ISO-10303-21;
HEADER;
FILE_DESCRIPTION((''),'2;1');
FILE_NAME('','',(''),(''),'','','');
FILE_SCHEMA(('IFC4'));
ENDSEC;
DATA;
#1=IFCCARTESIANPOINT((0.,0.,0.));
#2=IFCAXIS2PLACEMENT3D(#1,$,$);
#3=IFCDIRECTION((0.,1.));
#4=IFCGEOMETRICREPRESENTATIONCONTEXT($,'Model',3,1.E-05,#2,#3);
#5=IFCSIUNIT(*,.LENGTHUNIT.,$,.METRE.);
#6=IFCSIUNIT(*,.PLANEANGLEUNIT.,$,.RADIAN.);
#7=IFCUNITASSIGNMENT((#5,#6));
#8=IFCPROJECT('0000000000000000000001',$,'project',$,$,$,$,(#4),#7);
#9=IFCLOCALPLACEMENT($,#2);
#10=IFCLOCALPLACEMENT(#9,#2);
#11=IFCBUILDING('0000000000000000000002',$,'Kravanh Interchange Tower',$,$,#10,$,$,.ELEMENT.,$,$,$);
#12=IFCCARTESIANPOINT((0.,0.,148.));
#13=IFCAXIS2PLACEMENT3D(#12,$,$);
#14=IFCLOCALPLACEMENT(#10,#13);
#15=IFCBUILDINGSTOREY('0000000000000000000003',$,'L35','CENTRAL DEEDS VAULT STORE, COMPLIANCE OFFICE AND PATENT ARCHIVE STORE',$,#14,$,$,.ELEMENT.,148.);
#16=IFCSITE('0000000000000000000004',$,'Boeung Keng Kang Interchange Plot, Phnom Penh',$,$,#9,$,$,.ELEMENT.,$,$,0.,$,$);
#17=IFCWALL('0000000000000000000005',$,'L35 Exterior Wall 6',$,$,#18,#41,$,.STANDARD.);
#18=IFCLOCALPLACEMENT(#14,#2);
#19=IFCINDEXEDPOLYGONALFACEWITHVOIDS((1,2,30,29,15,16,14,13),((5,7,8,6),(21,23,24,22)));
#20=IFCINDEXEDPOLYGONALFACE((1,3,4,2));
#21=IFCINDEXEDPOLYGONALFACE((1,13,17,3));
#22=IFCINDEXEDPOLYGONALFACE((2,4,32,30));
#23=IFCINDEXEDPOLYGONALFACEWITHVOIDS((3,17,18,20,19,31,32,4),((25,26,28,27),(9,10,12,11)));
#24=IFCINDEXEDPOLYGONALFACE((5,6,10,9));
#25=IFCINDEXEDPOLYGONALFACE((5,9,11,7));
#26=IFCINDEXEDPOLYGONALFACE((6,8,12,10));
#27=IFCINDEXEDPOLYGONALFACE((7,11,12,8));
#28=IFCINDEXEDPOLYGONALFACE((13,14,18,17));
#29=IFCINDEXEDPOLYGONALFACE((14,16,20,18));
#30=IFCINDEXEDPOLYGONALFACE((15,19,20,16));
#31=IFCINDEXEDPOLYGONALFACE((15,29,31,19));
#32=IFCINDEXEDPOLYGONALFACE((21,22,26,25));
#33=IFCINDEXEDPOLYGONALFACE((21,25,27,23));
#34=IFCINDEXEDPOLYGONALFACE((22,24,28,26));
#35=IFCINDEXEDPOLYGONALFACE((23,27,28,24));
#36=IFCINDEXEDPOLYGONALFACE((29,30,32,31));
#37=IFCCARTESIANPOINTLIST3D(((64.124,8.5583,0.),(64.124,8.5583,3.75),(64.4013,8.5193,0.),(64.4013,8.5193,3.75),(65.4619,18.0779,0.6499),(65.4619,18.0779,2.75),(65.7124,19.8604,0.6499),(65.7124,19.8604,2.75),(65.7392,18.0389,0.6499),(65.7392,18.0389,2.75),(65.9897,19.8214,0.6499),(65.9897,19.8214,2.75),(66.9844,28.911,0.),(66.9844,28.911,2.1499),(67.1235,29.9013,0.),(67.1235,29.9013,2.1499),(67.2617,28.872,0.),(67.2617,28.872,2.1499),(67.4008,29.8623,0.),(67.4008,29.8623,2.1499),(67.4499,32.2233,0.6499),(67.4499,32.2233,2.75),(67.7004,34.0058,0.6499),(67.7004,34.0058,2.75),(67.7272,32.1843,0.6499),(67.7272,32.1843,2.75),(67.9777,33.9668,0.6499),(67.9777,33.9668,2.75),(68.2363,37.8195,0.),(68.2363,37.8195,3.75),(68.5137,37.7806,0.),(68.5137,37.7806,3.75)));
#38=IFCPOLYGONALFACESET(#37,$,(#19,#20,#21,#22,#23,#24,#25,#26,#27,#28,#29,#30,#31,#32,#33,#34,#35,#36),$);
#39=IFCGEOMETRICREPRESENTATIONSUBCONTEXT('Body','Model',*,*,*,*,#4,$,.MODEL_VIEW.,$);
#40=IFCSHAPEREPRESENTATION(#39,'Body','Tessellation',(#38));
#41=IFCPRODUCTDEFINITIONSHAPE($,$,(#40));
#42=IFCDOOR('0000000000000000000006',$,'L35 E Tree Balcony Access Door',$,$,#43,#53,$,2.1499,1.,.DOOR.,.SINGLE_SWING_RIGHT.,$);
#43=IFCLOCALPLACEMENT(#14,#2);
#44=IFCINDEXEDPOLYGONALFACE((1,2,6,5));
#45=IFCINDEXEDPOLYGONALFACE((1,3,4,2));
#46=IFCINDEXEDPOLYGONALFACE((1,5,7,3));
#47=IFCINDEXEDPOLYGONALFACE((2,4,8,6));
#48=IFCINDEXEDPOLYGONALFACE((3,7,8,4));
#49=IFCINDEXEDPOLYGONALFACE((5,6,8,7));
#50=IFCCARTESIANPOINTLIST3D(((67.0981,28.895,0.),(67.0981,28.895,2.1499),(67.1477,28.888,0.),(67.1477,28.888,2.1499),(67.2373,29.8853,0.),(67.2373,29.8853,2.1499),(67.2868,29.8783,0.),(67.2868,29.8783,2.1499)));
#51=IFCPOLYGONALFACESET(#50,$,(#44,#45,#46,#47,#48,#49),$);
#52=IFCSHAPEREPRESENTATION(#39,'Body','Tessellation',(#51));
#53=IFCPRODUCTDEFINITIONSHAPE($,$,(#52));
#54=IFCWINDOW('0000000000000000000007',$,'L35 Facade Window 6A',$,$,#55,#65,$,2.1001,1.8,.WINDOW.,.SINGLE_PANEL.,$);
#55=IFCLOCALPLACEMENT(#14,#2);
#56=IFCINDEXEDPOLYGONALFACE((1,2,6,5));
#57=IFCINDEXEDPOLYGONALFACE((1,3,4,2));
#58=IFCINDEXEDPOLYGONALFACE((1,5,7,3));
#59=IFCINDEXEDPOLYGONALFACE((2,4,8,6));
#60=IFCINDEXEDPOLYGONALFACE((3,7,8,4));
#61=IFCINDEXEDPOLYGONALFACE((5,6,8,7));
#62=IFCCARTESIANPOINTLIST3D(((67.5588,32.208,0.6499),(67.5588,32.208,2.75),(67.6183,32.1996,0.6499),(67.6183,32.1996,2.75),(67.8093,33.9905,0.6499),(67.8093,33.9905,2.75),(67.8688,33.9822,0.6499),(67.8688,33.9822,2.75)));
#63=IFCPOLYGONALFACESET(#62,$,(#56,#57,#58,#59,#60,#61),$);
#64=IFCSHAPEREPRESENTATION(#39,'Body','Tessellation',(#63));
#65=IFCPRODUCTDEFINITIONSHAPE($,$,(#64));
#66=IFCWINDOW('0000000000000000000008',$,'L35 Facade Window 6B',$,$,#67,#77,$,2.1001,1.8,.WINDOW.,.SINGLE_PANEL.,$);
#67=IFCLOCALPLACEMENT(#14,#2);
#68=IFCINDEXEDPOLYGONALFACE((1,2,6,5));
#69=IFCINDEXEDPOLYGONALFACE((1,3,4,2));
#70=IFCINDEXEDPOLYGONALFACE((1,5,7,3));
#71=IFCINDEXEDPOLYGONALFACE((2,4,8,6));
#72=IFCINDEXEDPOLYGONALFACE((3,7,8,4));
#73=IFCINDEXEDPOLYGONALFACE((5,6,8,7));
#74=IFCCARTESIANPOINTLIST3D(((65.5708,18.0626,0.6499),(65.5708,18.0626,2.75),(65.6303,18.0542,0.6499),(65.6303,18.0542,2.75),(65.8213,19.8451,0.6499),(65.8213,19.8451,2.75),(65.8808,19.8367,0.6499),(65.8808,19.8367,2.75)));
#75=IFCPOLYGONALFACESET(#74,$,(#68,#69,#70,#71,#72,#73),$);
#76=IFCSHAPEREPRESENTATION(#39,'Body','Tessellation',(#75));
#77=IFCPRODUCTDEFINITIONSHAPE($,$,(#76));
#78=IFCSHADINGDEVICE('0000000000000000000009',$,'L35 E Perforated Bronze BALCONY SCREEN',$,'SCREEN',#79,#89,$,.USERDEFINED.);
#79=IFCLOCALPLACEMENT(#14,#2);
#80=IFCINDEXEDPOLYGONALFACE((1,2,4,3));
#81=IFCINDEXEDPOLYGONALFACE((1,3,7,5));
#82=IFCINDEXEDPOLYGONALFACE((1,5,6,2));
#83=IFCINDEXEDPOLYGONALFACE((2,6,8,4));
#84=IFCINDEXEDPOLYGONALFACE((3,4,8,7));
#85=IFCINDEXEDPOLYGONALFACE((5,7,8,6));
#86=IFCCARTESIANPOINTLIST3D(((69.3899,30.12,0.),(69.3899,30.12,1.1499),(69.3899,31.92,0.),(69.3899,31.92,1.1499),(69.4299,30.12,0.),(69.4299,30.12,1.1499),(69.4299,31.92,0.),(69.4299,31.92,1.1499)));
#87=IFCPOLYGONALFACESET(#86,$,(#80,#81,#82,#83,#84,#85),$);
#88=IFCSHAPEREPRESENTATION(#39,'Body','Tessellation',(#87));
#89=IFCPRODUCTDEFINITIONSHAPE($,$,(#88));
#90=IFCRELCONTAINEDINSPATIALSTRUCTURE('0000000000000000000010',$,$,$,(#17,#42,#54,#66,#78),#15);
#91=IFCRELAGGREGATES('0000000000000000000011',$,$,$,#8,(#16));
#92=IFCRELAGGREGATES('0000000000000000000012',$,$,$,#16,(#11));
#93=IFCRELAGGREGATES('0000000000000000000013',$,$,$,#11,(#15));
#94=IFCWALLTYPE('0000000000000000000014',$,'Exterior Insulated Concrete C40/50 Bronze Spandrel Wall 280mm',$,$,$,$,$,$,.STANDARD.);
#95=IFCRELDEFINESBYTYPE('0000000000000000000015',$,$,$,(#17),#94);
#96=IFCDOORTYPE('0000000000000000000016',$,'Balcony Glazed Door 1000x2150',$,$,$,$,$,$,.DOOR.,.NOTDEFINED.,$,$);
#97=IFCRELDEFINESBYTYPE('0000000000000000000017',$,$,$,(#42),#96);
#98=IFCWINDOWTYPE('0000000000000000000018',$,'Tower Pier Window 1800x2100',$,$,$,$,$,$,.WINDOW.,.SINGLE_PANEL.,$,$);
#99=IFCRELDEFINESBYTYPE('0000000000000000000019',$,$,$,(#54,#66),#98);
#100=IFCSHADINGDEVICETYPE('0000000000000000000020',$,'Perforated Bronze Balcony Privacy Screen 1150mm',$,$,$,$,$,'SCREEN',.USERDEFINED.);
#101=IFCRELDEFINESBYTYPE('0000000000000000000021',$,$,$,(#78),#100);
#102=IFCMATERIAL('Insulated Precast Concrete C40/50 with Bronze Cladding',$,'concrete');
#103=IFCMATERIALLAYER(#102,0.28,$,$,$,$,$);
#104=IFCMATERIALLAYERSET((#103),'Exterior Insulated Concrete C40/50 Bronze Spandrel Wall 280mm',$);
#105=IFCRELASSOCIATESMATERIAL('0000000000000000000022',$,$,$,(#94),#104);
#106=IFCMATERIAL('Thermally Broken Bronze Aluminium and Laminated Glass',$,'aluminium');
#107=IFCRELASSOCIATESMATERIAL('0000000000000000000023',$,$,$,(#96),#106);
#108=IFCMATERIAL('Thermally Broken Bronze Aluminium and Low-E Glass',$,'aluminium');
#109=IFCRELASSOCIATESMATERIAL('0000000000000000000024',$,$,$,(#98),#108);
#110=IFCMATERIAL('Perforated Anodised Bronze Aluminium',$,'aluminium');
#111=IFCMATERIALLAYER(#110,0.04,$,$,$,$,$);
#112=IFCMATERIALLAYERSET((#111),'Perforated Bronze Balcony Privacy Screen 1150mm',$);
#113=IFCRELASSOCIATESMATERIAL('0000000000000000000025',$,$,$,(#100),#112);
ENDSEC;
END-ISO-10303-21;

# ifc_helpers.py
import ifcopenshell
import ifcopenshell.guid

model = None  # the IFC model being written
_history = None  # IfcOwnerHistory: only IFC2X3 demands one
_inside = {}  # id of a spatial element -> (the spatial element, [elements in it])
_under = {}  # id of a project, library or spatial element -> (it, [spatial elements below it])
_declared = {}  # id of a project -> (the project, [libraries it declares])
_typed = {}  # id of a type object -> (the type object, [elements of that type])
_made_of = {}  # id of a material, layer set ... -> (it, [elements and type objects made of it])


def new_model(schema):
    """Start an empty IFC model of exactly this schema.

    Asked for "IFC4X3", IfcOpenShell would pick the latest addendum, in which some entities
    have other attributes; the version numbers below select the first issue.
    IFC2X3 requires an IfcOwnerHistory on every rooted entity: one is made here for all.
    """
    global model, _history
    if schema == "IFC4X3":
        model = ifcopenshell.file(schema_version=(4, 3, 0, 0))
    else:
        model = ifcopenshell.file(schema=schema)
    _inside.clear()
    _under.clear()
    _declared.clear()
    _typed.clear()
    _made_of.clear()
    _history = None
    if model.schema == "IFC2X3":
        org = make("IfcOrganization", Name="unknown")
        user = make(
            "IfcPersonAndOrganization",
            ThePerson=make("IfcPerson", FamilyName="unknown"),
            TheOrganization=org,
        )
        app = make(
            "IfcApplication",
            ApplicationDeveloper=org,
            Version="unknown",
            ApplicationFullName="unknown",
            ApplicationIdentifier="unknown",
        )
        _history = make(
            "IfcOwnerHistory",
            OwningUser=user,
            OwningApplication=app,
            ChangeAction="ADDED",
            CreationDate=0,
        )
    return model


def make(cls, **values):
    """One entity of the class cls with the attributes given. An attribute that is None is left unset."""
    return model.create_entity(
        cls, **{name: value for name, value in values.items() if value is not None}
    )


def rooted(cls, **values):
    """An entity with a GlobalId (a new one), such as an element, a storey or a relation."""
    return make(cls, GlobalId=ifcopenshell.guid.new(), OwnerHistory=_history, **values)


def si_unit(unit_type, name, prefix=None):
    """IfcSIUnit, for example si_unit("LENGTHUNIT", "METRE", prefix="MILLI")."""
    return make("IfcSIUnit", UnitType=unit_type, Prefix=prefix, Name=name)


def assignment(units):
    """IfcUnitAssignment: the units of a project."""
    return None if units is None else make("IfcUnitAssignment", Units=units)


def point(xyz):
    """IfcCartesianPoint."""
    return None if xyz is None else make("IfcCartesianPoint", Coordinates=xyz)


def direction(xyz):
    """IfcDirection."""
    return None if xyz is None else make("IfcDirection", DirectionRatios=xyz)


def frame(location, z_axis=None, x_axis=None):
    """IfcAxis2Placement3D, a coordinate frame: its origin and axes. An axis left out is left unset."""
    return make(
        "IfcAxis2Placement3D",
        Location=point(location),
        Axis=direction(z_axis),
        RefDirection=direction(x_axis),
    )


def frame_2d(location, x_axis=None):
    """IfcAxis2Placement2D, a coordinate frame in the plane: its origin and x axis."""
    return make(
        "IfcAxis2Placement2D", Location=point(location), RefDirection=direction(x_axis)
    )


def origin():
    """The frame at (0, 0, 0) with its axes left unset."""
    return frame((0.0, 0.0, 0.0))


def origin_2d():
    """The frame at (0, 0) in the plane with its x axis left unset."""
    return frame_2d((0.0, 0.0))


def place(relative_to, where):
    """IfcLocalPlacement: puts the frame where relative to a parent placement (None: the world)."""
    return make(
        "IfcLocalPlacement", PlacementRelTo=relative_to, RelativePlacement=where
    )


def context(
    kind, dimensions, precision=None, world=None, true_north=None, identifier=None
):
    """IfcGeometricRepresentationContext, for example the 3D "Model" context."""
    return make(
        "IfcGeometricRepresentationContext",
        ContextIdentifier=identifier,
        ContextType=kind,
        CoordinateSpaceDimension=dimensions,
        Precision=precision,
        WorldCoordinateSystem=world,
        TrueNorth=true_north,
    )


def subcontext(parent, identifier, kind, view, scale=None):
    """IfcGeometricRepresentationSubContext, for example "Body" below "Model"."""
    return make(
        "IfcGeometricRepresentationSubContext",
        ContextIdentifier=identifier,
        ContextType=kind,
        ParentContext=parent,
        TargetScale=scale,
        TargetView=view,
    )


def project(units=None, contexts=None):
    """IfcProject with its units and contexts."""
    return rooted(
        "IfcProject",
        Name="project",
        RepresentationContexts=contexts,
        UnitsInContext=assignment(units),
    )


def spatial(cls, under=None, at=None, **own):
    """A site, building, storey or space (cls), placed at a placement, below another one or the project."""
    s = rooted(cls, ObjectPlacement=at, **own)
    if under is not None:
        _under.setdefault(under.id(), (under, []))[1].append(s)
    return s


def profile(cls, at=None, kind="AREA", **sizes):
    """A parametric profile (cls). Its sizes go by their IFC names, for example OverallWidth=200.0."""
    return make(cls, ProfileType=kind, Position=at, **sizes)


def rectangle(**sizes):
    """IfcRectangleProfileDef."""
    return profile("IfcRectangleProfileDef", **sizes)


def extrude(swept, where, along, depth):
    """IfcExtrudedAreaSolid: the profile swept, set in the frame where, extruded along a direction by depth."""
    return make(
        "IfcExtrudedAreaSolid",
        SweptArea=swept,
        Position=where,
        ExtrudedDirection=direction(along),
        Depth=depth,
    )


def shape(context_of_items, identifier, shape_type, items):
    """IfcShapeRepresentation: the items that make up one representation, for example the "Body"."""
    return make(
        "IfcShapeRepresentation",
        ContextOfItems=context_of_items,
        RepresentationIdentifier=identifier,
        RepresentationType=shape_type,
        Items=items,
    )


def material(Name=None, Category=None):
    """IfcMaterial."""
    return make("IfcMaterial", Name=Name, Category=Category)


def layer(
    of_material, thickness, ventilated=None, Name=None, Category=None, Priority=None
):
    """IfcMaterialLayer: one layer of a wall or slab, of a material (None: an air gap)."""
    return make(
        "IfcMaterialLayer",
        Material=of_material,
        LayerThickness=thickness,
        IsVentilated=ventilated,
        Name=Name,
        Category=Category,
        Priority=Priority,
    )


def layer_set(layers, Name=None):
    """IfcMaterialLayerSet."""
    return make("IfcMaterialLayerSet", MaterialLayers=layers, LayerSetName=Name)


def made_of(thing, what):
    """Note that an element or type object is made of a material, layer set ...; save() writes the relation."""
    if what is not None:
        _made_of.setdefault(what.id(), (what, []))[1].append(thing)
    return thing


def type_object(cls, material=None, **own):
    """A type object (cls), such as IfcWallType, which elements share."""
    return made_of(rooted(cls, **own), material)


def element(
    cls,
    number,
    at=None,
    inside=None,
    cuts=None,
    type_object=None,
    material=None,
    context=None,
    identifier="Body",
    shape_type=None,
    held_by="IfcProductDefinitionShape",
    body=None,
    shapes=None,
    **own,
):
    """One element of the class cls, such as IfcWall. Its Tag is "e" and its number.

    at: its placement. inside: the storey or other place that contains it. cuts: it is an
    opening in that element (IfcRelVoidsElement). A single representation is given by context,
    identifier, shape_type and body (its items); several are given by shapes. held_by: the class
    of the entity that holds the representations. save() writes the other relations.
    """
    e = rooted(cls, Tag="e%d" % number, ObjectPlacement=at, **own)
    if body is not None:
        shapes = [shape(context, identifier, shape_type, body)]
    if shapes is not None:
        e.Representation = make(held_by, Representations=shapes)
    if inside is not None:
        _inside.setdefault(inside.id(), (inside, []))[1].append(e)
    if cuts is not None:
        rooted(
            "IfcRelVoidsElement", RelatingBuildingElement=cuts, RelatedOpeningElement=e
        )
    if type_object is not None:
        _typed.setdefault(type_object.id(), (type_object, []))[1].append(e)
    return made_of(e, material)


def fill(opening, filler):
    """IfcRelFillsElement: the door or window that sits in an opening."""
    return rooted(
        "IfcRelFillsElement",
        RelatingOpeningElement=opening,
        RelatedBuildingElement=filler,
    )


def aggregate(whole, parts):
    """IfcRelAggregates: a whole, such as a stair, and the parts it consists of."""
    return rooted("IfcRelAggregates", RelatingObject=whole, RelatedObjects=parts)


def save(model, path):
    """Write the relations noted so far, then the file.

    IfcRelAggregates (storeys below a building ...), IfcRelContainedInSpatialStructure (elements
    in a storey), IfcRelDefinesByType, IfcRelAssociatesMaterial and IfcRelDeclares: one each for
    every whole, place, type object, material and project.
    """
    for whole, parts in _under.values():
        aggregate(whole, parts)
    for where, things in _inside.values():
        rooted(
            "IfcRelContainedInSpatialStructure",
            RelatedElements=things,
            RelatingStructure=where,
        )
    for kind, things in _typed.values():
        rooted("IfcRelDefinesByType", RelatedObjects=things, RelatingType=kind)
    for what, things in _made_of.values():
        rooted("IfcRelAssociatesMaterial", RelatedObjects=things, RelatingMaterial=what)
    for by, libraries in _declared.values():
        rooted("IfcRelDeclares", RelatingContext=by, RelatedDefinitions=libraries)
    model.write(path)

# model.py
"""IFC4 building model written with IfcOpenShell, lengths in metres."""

from ifc_helpers import new_model, si_unit, direction, frame, frame_2d, origin, origin_2d, place, context, subcontext, project, spatial, rectangle, extrude, material, layer, layer_set, type_object, element, fill, save


model = new_model("IFC4")

# Units and contexts
model_context = context("Model", 3, precision=1e-05, world=origin(), true_north=direction((0.0, 1.0)))
body_context = subcontext(model_context, "Body", "Model", "MODEL_VIEW")
ifc_project = project(units=[si_unit("LENGTHUNIT", "METRE"), si_unit("PLANEANGLEUNIT", "RADIAN")], contexts=[model_context])

# Site, building, storey
site_placement = place(None, origin())
site = spatial("IfcSite", under=ifc_project, at=site_placement, Name="Boeung Keng Kang Interchange Plot, Phnom Penh", CompositionType="ELEMENT", RefElevation=0.0)
building_placement = place(site_placement, origin())
building = spatial("IfcBuilding", under=site, at=building_placement, Name="Kravanh Interchange Tower", CompositionType="ELEMENT")
storey_placement = place(building_placement, frame((0.0, 0.0, 148.0)))
storey = spatial("IfcBuildingStorey", under=building, at=storey_placement, Name="L35", Description="CENTRAL DEEDS VAULT STORE, COMPLIANCE OFFICE AND PATENT ARCHIVE STORE", CompositionType="ELEMENT", Elevation=148.0)

# Wall, openings, door, windows
ifc_material_1 = material(Name="Insulated Precast Concrete C40/50 with Bronze Cladding", Category="concrete")
ifc_layer_1 = layer(ifc_material_1, 0.28)
ifc_layer_set_1 = layer_set([ifc_layer_1], Name="Exterior Insulated Concrete C40/50 Bronze Spandrel Wall 280mm")
wall_type_1 = type_object("IfcWallType", Name="Exterior Insulated Concrete C40/50 Bronze Spandrel Wall 280mm", PredefinedType="STANDARD", material=ifc_layer_set_1)
wall_1_placement = place(storey_placement, frame((68.375, 37.8, 0.0), z_axis=(0.0, 0.0, 1.0), x_axis=(-0.13917, -0.990269, 0.0)))
wall_1 = element("IfcWall", 1, at=wall_1_placement, inside=storey, type_object=wall_type_1, Name="L35 Exterior Wall 6", PredefinedType="STANDARD", context=body_context, shape_type="SweptSolid", body=[
    extrude(rectangle(XDim=29.5488, YDim=0.28, at=frame_2d((14.7744, 0.0))), origin(), (0.0, 0.0, 1.0), 3.75),
])
opening_1_placement = place(wall_1_placement, frame((7.9961, 0.0, 0.0)))
opening_1 = element("IfcOpeningElement", 2, at=opening_1_placement, cuts=wall_1, PredefinedType="OPENING", context=body_context, shape_type="SweptSolid", body=[
    extrude(rectangle(XDim=1.0, YDim=2.1499, at=frame_2d((0.5, 1.075))), frame((0.0, 0.1499, 0.0), z_axis=(0.0, -1.0, 0.0), x_axis=(1.0, 0.0, 0.0)), (0.0, 0.0, 1.0), 0.3),
])
opening_2_placement = place(wall_1_placement, frame((3.8513, 0.0, 0.6499)))
opening_2 = element("IfcOpeningElement", 3, at=opening_2_placement, cuts=wall_1, PredefinedType="OPENING", context=body_context, shape_type="SweptSolid", body=[
    extrude(rectangle(XDim=1.8, YDim=2.1001, at=frame_2d((0.8999, 1.05))), frame((0.0, 0.1499, 0.0), z_axis=(0.0, -1.0, 0.0), x_axis=(1.0, 0.0, 0.0)), (0.0, 0.0, 1.0), 0.3),
])
opening_3_placement = place(wall_1_placement, frame((18.1357, 0.0, 0.6499)))
opening_3 = element("IfcOpeningElement", 4, at=opening_3_placement, cuts=wall_1, PredefinedType="OPENING", context=body_context, shape_type="SweptSolid", body=[
    extrude(rectangle(XDim=1.8, YDim=2.1001, at=frame_2d((0.8999, 1.05))), frame((0.0, 0.1499, 0.0), z_axis=(0.0, -1.0, 0.0), x_axis=(1.0, 0.0, 0.0)), (0.0, 0.0, 1.0), 0.3),
])
ifc_material_2 = material(Name="Thermally Broken Bronze Aluminium and Laminated Glass", Category="aluminium")
door_type_1 = type_object("IfcDoorType", Name="Balcony Glazed Door 1000x2150", OperationType="NOTDEFINED", PredefinedType="DOOR", material=ifc_material_2)
door_1_placement = place(opening_1_placement, origin())
door_1 = element("IfcDoor", 5, at=door_1_placement, inside=storey, type_object=door_type_1, Name="L35 E Tree Balcony Access Door", OperationType="SINGLE_SWING_RIGHT", OverallHeight=2.1499, OverallWidth=1.0, PredefinedType="DOOR", context=body_context, shape_type="SweptSolid", body=[
    extrude(rectangle(XDim=1.0, YDim=2.1499, at=frame_2d((0.5, 1.075))), frame((0.0, 0.0249, 0.0), z_axis=(0.0, -1.0, 0.0), x_axis=(1.0, 0.0, 0.0)), (0.0, 0.0, 1.0), 0.05),
])
fill(opening_1, door_1)
ifc_material_3 = material(Name="Thermally Broken Bronze Aluminium and Low-E Glass", Category="aluminium")
window_type = type_object("IfcWindowType", Name="Tower Pier Window 1800x2100", PartitioningType="SINGLE_PANEL", PredefinedType="WINDOW", material=ifc_material_3)
window_1_placement = place(opening_2_placement, origin())
window_1 = element("IfcWindow", 6, at=window_1_placement, inside=storey, type_object=window_type, Name="L35 Facade Window 6A", OverallHeight=2.1001, OverallWidth=1.8, PartitioningType="SINGLE_PANEL", PredefinedType="WINDOW", context=body_context, shape_type="SweptSolid", body=[
    extrude(rectangle(XDim=1.8, YDim=2.1001, at=frame_2d((0.8999, 1.05))), frame((0.0, 0.03, 0.0), z_axis=(0.0, -1.0, 0.0), x_axis=(1.0, 0.0, 0.0)), (0.0, 0.0, 1.0), 0.0601),
])
fill(opening_2, window_1)
window_2_placement = place(opening_3_placement, origin())
window_2 = element("IfcWindow", 7, at=window_2_placement, inside=storey, type_object=window_type, Name="L35 Facade Window 6B", OverallHeight=2.1001, OverallWidth=1.8, PartitioningType="SINGLE_PANEL", PredefinedType="WINDOW", context=body_context, shape_type="SweptSolid", body=[
    extrude(rectangle(XDim=1.8, YDim=2.1001, at=frame_2d((0.8999, 1.05))), frame((0.0, 0.03, 0.0), z_axis=(0.0, -1.0, 0.0), x_axis=(1.0, 0.0, 0.0)), (0.0, 0.0, 1.0), 0.0601),
])
fill(opening_3, window_2)

# Shading device
ifc_material_4 = material(Name="Perforated Anodised Bronze Aluminium", Category="aluminium")
ifc_layer_2 = layer(ifc_material_4, 0.04)
ifc_layer_set_2 = layer_set([ifc_layer_2], Name="Perforated Bronze Balcony Privacy Screen 1150mm")
shading_device_type = type_object("IfcShadingDeviceType", Name="Perforated Bronze Balcony Privacy Screen 1150mm", ElementType="SCREEN", PredefinedType="USERDEFINED", material=ifc_layer_set_2)
shading_device_placement = place(storey_placement, frame((69.4099, 31.02, 0.0), z_axis=(0.0, 0.0, 1.0), x_axis=(1.0, 0.0, 0.0)))
element("IfcShadingDevice", 8, at=shading_device_placement, inside=storey, type_object=shading_device_type, Name="L35 E Perforated Bronze BALCONY SCREEN", ObjectType="SCREEN", PredefinedType="USERDEFINED", context=body_context, shape_type="SweptSolid", body=[
    extrude(rectangle(XDim=0.04, YDim=1.8, at=origin_2d()), origin(), (0.0, 0.0, 1.0), 1.1499),
])

save(model, "model.ifc")
